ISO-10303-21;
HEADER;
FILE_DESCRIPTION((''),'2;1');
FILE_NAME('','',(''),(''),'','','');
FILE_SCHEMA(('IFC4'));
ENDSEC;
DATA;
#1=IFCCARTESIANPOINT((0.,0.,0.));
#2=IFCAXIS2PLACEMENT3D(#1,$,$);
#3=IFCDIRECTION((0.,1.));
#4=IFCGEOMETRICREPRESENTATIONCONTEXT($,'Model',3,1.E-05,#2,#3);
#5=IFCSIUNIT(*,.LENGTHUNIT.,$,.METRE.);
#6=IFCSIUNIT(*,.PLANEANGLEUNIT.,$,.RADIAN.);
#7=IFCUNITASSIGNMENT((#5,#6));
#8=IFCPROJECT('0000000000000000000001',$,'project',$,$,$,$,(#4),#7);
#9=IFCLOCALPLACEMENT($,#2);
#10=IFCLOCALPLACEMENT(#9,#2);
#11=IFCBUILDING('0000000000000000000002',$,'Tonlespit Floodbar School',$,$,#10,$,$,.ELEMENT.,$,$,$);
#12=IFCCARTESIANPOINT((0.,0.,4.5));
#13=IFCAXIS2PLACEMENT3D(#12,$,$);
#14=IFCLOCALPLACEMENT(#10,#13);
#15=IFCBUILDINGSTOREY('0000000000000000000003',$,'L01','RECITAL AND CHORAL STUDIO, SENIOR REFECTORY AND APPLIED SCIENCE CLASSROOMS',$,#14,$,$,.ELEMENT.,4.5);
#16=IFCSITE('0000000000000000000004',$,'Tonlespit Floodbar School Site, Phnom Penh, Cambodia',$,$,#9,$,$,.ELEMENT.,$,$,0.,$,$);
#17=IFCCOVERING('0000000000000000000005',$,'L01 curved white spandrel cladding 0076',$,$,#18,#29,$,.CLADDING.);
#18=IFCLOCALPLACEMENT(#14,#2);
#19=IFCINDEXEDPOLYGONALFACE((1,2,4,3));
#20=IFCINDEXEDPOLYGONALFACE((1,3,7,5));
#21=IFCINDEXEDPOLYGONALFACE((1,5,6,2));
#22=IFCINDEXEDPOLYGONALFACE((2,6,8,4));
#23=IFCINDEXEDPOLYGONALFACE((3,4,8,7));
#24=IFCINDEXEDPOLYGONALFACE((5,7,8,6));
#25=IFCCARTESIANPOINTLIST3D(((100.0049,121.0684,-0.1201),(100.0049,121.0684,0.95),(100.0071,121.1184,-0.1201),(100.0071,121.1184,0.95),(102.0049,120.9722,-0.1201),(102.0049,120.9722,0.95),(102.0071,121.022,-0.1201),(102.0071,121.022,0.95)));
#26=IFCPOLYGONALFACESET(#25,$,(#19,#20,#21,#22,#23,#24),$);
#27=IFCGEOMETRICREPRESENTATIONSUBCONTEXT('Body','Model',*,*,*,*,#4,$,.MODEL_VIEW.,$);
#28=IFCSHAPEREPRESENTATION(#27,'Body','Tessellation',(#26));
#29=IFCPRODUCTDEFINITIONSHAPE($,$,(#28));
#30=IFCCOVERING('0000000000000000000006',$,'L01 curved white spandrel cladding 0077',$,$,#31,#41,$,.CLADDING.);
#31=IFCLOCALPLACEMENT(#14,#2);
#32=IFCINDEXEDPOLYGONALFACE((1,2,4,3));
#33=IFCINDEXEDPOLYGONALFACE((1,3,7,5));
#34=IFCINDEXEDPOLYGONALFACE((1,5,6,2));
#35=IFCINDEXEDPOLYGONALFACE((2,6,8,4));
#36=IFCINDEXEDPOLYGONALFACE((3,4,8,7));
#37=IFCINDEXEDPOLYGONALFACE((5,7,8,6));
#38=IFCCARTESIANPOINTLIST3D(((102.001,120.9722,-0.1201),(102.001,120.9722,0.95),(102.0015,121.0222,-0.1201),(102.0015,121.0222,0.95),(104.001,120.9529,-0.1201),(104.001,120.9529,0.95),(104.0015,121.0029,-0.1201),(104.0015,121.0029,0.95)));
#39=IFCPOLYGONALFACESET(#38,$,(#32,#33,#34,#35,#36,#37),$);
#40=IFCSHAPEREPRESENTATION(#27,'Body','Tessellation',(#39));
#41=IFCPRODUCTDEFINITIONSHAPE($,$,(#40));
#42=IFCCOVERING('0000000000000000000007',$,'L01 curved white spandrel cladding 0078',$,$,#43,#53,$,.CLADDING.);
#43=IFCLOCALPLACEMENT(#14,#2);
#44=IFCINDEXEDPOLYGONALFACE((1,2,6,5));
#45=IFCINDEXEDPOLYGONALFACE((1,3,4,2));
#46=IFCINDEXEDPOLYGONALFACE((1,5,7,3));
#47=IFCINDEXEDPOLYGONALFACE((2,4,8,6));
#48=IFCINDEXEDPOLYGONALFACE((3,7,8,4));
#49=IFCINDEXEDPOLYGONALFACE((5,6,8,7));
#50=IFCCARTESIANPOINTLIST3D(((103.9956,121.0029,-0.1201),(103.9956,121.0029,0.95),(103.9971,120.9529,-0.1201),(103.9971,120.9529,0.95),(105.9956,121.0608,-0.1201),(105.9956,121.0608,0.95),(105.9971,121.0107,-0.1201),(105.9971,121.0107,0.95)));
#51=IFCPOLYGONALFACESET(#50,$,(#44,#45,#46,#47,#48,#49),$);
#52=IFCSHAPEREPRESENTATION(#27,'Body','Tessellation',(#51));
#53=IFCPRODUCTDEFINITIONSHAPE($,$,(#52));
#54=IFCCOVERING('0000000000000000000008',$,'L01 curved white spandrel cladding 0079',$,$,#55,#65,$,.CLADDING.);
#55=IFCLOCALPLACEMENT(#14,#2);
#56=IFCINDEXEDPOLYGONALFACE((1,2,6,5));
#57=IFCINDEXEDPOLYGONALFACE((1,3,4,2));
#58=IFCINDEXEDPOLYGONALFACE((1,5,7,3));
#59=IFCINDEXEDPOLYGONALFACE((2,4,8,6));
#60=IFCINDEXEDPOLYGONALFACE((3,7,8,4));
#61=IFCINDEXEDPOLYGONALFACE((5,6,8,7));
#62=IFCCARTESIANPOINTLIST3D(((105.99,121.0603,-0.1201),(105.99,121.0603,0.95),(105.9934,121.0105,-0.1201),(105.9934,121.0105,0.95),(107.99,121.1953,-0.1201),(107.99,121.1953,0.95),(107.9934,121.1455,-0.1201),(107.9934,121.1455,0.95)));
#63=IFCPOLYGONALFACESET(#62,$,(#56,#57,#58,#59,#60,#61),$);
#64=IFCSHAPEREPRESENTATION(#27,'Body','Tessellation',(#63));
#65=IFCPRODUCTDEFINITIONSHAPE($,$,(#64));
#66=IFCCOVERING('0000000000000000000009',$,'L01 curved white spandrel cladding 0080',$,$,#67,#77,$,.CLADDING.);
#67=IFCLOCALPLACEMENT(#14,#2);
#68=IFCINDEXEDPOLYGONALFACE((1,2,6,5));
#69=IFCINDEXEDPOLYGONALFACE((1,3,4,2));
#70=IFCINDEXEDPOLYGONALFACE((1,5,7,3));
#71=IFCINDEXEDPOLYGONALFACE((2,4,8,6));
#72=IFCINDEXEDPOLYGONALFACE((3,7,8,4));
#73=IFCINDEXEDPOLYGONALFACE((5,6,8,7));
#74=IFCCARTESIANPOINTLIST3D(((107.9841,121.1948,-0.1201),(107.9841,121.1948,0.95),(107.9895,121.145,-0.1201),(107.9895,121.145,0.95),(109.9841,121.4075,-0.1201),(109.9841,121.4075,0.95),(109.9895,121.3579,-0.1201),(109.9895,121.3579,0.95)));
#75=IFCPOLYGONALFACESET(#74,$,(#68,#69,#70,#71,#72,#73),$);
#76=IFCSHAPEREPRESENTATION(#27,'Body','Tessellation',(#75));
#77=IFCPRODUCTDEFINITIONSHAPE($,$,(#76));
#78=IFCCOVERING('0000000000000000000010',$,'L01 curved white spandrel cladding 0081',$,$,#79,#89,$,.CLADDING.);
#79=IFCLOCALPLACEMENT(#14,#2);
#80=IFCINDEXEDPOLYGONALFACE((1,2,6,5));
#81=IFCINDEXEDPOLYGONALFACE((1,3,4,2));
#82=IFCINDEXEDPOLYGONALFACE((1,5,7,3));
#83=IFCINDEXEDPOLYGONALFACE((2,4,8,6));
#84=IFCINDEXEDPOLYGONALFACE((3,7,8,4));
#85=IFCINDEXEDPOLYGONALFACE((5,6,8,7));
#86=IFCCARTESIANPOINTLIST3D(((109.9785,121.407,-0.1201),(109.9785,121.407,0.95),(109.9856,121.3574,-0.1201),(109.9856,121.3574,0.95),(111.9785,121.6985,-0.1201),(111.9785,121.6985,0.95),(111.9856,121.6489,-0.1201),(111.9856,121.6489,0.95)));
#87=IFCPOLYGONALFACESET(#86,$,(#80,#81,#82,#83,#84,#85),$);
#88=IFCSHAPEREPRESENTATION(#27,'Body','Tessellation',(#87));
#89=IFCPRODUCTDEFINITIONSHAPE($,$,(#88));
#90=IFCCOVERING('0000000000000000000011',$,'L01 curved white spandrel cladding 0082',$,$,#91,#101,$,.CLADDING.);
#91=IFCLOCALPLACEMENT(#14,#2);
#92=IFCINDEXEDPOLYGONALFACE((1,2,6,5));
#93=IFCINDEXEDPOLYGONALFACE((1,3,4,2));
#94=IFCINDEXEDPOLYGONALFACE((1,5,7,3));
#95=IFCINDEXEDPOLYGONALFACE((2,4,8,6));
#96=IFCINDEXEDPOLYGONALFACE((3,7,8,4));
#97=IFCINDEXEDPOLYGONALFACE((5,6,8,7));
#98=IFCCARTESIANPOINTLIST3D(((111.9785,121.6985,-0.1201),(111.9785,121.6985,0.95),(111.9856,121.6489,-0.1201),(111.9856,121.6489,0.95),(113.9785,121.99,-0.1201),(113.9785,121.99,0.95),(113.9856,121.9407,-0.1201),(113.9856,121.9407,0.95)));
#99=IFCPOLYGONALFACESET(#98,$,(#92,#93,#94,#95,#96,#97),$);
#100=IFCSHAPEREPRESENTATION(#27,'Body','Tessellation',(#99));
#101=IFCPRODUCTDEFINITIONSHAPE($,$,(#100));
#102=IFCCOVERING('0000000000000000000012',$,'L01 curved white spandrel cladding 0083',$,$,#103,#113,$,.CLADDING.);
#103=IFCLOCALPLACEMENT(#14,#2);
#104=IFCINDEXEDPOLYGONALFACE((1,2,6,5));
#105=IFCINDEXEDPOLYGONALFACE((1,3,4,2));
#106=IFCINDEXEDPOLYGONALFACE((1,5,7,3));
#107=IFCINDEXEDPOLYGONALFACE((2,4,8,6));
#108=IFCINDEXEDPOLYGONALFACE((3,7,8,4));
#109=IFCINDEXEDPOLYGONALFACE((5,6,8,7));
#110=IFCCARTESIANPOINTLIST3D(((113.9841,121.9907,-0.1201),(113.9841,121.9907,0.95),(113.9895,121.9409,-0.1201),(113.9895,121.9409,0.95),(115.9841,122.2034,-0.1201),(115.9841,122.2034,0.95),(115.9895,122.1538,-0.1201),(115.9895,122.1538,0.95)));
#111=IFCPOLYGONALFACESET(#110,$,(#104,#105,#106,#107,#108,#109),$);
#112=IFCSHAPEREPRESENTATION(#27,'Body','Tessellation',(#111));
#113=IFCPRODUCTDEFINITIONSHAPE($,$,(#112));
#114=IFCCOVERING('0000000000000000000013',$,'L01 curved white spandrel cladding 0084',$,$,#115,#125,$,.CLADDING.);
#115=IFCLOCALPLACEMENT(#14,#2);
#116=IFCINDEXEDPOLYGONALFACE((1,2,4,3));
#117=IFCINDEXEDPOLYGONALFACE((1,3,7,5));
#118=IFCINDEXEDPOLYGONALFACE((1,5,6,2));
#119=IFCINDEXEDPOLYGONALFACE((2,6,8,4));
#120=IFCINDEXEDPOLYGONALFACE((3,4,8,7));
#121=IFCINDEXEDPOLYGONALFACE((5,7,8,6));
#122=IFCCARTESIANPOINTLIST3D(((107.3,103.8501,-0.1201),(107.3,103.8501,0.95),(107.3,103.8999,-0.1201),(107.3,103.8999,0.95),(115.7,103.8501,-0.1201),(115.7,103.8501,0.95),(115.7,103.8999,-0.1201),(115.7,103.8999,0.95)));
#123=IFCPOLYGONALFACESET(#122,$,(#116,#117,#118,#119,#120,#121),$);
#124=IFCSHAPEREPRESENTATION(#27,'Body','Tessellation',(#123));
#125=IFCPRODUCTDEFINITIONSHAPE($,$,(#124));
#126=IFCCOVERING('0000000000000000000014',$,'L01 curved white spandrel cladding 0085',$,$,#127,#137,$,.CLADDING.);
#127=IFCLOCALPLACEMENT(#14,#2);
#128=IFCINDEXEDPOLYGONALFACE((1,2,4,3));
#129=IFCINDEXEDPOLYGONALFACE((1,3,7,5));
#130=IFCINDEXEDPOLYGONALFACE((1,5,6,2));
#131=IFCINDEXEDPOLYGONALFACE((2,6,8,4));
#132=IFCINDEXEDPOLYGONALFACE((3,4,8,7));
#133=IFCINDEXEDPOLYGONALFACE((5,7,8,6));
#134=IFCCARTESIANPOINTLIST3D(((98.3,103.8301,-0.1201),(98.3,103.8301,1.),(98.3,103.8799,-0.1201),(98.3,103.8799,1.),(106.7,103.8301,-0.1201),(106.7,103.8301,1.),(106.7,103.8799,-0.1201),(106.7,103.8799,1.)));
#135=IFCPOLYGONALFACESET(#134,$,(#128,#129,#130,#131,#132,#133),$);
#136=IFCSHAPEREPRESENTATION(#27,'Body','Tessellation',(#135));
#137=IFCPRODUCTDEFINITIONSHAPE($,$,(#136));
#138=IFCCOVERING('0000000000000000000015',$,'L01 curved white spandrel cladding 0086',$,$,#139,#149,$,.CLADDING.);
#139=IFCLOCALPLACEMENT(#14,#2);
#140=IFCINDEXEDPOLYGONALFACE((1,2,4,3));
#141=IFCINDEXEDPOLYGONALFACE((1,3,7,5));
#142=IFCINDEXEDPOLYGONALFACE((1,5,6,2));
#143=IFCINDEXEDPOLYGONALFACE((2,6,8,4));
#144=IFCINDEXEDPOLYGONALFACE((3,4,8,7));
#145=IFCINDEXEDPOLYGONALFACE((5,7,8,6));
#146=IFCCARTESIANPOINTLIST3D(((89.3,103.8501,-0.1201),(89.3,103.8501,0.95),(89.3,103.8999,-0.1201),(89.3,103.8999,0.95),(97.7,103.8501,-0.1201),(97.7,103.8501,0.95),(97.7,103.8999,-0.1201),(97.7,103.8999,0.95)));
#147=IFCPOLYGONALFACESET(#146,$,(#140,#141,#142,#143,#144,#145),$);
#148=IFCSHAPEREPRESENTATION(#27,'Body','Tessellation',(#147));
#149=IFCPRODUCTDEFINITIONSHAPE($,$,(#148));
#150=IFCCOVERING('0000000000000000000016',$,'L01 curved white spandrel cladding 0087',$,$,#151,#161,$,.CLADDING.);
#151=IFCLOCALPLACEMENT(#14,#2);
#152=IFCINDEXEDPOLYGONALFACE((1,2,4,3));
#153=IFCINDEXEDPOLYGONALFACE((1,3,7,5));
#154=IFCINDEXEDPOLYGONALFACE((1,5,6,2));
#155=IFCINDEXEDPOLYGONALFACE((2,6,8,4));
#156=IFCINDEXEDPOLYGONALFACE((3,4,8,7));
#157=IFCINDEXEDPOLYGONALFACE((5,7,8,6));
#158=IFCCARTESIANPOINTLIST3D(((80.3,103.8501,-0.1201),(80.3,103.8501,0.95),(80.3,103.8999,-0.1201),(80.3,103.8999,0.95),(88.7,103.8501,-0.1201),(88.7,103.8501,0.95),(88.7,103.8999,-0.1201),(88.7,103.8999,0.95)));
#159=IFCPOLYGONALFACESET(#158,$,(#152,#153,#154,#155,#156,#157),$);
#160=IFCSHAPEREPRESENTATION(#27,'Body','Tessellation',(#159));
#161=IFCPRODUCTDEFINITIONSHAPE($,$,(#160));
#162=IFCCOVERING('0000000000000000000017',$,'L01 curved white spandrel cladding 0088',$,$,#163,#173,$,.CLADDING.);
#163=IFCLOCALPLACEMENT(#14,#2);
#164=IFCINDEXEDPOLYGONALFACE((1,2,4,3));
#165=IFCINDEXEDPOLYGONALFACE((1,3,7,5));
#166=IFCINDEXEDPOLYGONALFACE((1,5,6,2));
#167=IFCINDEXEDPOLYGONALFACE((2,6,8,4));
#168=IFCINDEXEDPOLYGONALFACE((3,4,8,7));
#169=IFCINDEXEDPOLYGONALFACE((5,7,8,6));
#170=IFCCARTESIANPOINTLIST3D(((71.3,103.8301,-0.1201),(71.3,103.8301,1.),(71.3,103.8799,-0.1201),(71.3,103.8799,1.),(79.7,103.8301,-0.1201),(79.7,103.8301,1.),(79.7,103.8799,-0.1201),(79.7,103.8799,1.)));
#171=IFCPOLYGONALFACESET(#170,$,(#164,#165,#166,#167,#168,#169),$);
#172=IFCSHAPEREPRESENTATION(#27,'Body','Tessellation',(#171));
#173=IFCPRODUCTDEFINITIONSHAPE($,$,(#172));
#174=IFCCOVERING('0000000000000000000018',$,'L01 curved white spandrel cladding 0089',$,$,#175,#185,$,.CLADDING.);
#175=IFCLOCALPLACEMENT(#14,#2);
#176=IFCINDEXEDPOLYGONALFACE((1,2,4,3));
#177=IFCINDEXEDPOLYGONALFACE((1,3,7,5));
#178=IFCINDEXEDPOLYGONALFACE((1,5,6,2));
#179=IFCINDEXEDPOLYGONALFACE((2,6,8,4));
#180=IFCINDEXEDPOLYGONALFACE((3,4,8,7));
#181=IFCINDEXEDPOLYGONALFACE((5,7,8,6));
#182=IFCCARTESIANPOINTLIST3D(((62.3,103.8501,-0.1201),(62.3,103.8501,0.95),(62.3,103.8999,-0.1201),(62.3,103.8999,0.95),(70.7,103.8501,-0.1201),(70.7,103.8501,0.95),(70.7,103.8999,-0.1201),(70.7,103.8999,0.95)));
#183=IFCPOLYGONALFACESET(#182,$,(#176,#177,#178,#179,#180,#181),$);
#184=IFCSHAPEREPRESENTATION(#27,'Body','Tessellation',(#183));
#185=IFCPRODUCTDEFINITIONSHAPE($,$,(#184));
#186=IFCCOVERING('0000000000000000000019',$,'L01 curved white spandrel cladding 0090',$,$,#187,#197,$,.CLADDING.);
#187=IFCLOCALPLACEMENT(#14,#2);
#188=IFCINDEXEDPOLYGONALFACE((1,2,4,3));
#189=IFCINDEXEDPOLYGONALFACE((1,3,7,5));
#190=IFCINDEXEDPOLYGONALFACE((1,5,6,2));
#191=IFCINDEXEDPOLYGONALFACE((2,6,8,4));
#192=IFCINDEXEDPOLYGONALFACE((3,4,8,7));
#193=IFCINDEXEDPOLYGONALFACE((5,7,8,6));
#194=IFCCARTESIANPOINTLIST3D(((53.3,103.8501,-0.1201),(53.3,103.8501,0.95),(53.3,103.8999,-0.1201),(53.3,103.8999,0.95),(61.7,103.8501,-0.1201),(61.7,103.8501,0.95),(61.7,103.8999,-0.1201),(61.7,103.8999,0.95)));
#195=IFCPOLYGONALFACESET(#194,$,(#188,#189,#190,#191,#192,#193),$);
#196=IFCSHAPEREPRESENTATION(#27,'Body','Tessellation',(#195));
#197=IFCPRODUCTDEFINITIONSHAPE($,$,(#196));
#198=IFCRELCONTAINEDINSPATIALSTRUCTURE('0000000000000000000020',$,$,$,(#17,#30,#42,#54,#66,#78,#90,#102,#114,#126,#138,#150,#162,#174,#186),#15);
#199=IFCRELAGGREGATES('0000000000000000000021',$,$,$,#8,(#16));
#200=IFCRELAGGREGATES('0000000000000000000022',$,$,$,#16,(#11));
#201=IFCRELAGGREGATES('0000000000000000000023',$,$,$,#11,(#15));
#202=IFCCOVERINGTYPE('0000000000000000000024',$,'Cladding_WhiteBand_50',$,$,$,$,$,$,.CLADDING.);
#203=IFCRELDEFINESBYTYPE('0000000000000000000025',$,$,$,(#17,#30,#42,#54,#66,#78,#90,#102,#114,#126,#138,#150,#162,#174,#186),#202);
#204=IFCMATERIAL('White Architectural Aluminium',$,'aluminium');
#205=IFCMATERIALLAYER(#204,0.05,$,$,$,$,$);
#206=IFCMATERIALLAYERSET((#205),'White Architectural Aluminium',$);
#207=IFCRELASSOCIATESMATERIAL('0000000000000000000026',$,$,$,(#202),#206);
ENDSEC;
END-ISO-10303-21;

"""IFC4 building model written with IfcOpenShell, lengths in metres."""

from ifc_helpers import new_model, si_unit, direction, frame, origin, place, context, subcontext, project, spatial, polyline, outline, extrude, material, layer, layer_set, type_object, element, save


model = new_model("IFC4")

# Units and contexts
model_context = context("Model", 3, precision=1e-05, world=origin(), true_north=direction((0.0, 1.0)))
body_context = subcontext(model_context, "Body", "Model", "MODEL_VIEW")
ifc_project = project(units=[si_unit("LENGTHUNIT", "METRE"), si_unit("PLANEANGLEUNIT", "RADIAN")], contexts=[model_context])

# Site, building, storey
site_placement = place(None, origin())
site = spatial("IfcSite", under=ifc_project, at=site_placement, Name="Tonlespit Floodbar School Site, Phnom Penh, Cambodia", CompositionType="ELEMENT", RefElevation=0.0)
building_placement = place(site_placement, origin())
building = spatial("IfcBuilding", under=site, at=building_placement, Name="Tonlespit Floodbar School", CompositionType="ELEMENT")
storey_placement = place(building_placement, frame((0.0, 0.0, 4.5)))
storey = spatial("IfcBuildingStorey", under=building, at=storey_placement, Name="L01", Description="RECITAL AND CHORAL STUDIO, SENIOR REFECTORY AND APPLIED SCIENCE CLASSROOMS", CompositionType="ELEMENT", Elevation=4.5)

# Coverings
ifc_material = material(Name="White Architectural Aluminium", Category="aluminium")
ifc_layer = layer(ifc_material, 0.05)
ifc_layer_set = layer_set([ifc_layer], Name="White Architectural Aluminium")
covering_type = type_object("IfcCoveringType", Name="Cladding_WhiteBand_50", PredefinedType="CLADDING", material=ifc_layer_set)
covering_1_placement = place(storey_placement, frame((0.0, 0.0, -0.1201)))
element("IfcCovering", 1, at=covering_1_placement, inside=storey, type_object=covering_type, Name="L01 curved white spandrel cladding 0076", PredefinedType="CLADDING", context=body_context, shape_type="SweptSolid", body=[
    extrude(outline(polyline([(100.0049, 121.0684), (102.0049, 120.9722), (102.0071, 121.022), (100.0071, 121.1184), (100.0049, 121.0684)])), origin(), (0.0, 0.0, 1.0), 1.0701),
])
covering_2_placement = place(storey_placement, frame((0.0, 0.0, -0.1201)))
element("IfcCovering", 2, at=covering_2_placement, inside=storey, type_object=covering_type, Name="L01 curved white spandrel cladding 0077", PredefinedType="CLADDING", context=body_context, shape_type="SweptSolid", body=[
    extrude(outline(polyline([(102.001, 120.9722), (104.001, 120.9529), (104.0015, 121.0029), (102.0015, 121.0222), (102.001, 120.9722)])), origin(), (0.0, 0.0, 1.0), 1.0701),
])
covering_3_placement = place(storey_placement, frame((0.0, 0.0, -0.1201)))
element("IfcCovering", 3, at=covering_3_placement, inside=storey, type_object=covering_type, Name="L01 curved white spandrel cladding 0078", PredefinedType="CLADDING", context=body_context, shape_type="SweptSolid", body=[
    extrude(outline(polyline([(103.9971, 120.9529), (105.9971, 121.0107), (105.9956, 121.0608), (103.9956, 121.0029), (103.9971, 120.9529)])), origin(), (0.0, 0.0, 1.0), 1.0701),
])
covering_4_placement = place(storey_placement, frame((0.0, 0.0, -0.1201)))
element("IfcCovering", 4, at=covering_4_placement, inside=storey, type_object=covering_type, Name="L01 curved white spandrel cladding 0079", PredefinedType="CLADDING", context=body_context, shape_type="SweptSolid", body=[
    extrude(outline(polyline([(105.9934, 121.0105), (107.9934, 121.1455), (107.99, 121.1953), (105.99, 121.0603), (105.9934, 121.0105)])), origin(), (0.0, 0.0, 1.0), 1.0701),
])
covering_5_placement = place(storey_placement, frame((0.0, 0.0, -0.1201)))
element("IfcCovering", 5, at=covering_5_placement, inside=storey, type_object=covering_type, Name="L01 curved white spandrel cladding 0080", PredefinedType="CLADDING", context=body_context, shape_type="SweptSolid", body=[
    extrude(outline(polyline([(107.9895, 121.145), (109.9895, 121.3579), (109.9841, 121.4075), (107.9841, 121.1948), (107.9895, 121.145)])), origin(), (0.0, 0.0, 1.0), 1.0701),
])
covering_6_placement = place(storey_placement, frame((0.0, 0.0, -0.1201)))
element("IfcCovering", 6, at=covering_6_placement, inside=storey, type_object=covering_type, Name="L01 curved white spandrel cladding 0081", PredefinedType="CLADDING", context=body_context, shape_type="SweptSolid", body=[
    extrude(outline(polyline([(109.9856, 121.3574), (111.9856, 121.6489), (111.9785, 121.6985), (109.9785, 121.407), (109.9856, 121.3574)])), origin(), (0.0, 0.0, 1.0), 1.0701),
])
covering_7_placement = place(storey_placement, frame((0.0, 0.0, -0.1201)))
element("IfcCovering", 7, at=covering_7_placement, inside=storey, type_object=covering_type, Name="L01 curved white spandrel cladding 0082", PredefinedType="CLADDING", context=body_context, shape_type="SweptSolid", body=[
    extrude(outline(polyline([(111.9856, 121.6489), (113.9856, 121.9407), (113.9785, 121.99), (111.9785, 121.6985), (111.9856, 121.6489)])), origin(), (0.0, 0.0, 1.0), 1.0701),
])
covering_8_placement = place(storey_placement, frame((0.0, 0.0, -0.1201)))
element("IfcCovering", 8, at=covering_8_placement, inside=storey, type_object=covering_type, Name="L01 curved white spandrel cladding 0083", PredefinedType="CLADDING", context=body_context, shape_type="SweptSolid", body=[
    extrude(outline(polyline([(113.9895, 121.9409), (115.9895, 122.1538), (115.9841, 122.2034), (113.9841, 121.9907), (113.9895, 121.9409)])), origin(), (0.0, 0.0, 1.0), 1.0701),
])
covering_9_placement = place(storey_placement, frame((0.0, 0.0, -0.1201)))
element("IfcCovering", 9, at=covering_9_placement, inside=storey, type_object=covering_type, Name="L01 curved white spandrel cladding 0084", PredefinedType="CLADDING", context=body_context, shape_type="SweptSolid", body=[
    extrude(outline(polyline([(115.7, 103.8999), (107.3, 103.8999), (107.3, 103.8501), (115.7, 103.8501), (115.7, 103.8999)])), origin(), (0.0, 0.0, 1.0), 1.0701),
])
covering_10_placement = place(storey_placement, frame((0.0, 0.0, -0.1201)))
element("IfcCovering", 10, at=covering_10_placement, inside=storey, type_object=covering_type, Name="L01 curved white spandrel cladding 0085", PredefinedType="CLADDING", context=body_context, shape_type="SweptSolid", body=[
    extrude(outline(polyline([(106.7, 103.8799), (98.3, 103.8799), (98.3, 103.8301), (106.7, 103.8301), (106.7, 103.8799)])), origin(), (0.0, 0.0, 1.0), 1.1201),
])
covering_11_placement = place(storey_placement, frame((0.0, 0.0, -0.1201)))
element("IfcCovering", 11, at=covering_11_placement, inside=storey, type_object=covering_type, Name="L01 curved white spandrel cladding 0086", PredefinedType="CLADDING", context=body_context, shape_type="SweptSolid", body=[
    extrude(outline(polyline([(97.7, 103.8999), (89.3, 103.8999), (89.3, 103.8501), (97.7, 103.8501), (97.7, 103.8999)])), origin(), (0.0, 0.0, 1.0), 1.0701),
])
covering_12_placement = place(storey_placement, frame((0.0, 0.0, -0.1201)))
element("IfcCovering", 12, at=covering_12_placement, inside=storey, type_object=covering_type, Name="L01 curved white spandrel cladding 0087", PredefinedType="CLADDING", context=body_context, shape_type="SweptSolid", body=[
    extrude(outline(polyline([(88.7, 103.8999), (80.3, 103.8999), (80.3, 103.8501), (88.7, 103.8501), (88.7, 103.8999)])), origin(), (0.0, 0.0, 1.0), 1.0701),
])
covering_13_placement = place(storey_placement, frame((0.0, 0.0, -0.1201)))
element("IfcCovering", 13, at=covering_13_placement, inside=storey, type_object=covering_type, Name="L01 curved white spandrel cladding 0088", PredefinedType="CLADDING", context=body_context, shape_type="SweptSolid", body=[
    extrude(outline(polyline([(79.7, 103.8799), (71.3, 103.8799), (71.3, 103.8301), (79.7, 103.8301), (79.7, 103.8799)])), origin(), (0.0, 0.0, 1.0), 1.1201),
])
covering_14_placement = place(storey_placement, frame((0.0, 0.0, -0.1201)))
element("IfcCovering", 14, at=covering_14_placement, inside=storey, type_object=covering_type, Name="L01 curved white spandrel cladding 0089", PredefinedType="CLADDING", context=body_context, shape_type="SweptSolid", body=[
    extrude(outline(polyline([(70.7, 103.8999), (62.3, 103.8999), (62.3, 103.8501), (70.7, 103.8501), (70.7, 103.8999)])), origin(), (0.0, 0.0, 1.0), 1.0701),
])
covering_15_placement = place(storey_placement, frame((0.0, 0.0, -0.1201)))
element("IfcCovering", 15, at=covering_15_placement, inside=storey, type_object=covering_type, Name="L01 curved white spandrel cladding 0090", PredefinedType="CLADDING", context=body_context, shape_type="SweptSolid", body=[
    extrude(outline(polyline([(61.7, 103.8999), (53.3, 103.8999), (53.3, 103.8501), (61.7, 103.8501), (61.7, 103.8999)])), origin(), (0.0, 0.0, 1.0), 1.0701),
])

save(model, "model.ifc")
